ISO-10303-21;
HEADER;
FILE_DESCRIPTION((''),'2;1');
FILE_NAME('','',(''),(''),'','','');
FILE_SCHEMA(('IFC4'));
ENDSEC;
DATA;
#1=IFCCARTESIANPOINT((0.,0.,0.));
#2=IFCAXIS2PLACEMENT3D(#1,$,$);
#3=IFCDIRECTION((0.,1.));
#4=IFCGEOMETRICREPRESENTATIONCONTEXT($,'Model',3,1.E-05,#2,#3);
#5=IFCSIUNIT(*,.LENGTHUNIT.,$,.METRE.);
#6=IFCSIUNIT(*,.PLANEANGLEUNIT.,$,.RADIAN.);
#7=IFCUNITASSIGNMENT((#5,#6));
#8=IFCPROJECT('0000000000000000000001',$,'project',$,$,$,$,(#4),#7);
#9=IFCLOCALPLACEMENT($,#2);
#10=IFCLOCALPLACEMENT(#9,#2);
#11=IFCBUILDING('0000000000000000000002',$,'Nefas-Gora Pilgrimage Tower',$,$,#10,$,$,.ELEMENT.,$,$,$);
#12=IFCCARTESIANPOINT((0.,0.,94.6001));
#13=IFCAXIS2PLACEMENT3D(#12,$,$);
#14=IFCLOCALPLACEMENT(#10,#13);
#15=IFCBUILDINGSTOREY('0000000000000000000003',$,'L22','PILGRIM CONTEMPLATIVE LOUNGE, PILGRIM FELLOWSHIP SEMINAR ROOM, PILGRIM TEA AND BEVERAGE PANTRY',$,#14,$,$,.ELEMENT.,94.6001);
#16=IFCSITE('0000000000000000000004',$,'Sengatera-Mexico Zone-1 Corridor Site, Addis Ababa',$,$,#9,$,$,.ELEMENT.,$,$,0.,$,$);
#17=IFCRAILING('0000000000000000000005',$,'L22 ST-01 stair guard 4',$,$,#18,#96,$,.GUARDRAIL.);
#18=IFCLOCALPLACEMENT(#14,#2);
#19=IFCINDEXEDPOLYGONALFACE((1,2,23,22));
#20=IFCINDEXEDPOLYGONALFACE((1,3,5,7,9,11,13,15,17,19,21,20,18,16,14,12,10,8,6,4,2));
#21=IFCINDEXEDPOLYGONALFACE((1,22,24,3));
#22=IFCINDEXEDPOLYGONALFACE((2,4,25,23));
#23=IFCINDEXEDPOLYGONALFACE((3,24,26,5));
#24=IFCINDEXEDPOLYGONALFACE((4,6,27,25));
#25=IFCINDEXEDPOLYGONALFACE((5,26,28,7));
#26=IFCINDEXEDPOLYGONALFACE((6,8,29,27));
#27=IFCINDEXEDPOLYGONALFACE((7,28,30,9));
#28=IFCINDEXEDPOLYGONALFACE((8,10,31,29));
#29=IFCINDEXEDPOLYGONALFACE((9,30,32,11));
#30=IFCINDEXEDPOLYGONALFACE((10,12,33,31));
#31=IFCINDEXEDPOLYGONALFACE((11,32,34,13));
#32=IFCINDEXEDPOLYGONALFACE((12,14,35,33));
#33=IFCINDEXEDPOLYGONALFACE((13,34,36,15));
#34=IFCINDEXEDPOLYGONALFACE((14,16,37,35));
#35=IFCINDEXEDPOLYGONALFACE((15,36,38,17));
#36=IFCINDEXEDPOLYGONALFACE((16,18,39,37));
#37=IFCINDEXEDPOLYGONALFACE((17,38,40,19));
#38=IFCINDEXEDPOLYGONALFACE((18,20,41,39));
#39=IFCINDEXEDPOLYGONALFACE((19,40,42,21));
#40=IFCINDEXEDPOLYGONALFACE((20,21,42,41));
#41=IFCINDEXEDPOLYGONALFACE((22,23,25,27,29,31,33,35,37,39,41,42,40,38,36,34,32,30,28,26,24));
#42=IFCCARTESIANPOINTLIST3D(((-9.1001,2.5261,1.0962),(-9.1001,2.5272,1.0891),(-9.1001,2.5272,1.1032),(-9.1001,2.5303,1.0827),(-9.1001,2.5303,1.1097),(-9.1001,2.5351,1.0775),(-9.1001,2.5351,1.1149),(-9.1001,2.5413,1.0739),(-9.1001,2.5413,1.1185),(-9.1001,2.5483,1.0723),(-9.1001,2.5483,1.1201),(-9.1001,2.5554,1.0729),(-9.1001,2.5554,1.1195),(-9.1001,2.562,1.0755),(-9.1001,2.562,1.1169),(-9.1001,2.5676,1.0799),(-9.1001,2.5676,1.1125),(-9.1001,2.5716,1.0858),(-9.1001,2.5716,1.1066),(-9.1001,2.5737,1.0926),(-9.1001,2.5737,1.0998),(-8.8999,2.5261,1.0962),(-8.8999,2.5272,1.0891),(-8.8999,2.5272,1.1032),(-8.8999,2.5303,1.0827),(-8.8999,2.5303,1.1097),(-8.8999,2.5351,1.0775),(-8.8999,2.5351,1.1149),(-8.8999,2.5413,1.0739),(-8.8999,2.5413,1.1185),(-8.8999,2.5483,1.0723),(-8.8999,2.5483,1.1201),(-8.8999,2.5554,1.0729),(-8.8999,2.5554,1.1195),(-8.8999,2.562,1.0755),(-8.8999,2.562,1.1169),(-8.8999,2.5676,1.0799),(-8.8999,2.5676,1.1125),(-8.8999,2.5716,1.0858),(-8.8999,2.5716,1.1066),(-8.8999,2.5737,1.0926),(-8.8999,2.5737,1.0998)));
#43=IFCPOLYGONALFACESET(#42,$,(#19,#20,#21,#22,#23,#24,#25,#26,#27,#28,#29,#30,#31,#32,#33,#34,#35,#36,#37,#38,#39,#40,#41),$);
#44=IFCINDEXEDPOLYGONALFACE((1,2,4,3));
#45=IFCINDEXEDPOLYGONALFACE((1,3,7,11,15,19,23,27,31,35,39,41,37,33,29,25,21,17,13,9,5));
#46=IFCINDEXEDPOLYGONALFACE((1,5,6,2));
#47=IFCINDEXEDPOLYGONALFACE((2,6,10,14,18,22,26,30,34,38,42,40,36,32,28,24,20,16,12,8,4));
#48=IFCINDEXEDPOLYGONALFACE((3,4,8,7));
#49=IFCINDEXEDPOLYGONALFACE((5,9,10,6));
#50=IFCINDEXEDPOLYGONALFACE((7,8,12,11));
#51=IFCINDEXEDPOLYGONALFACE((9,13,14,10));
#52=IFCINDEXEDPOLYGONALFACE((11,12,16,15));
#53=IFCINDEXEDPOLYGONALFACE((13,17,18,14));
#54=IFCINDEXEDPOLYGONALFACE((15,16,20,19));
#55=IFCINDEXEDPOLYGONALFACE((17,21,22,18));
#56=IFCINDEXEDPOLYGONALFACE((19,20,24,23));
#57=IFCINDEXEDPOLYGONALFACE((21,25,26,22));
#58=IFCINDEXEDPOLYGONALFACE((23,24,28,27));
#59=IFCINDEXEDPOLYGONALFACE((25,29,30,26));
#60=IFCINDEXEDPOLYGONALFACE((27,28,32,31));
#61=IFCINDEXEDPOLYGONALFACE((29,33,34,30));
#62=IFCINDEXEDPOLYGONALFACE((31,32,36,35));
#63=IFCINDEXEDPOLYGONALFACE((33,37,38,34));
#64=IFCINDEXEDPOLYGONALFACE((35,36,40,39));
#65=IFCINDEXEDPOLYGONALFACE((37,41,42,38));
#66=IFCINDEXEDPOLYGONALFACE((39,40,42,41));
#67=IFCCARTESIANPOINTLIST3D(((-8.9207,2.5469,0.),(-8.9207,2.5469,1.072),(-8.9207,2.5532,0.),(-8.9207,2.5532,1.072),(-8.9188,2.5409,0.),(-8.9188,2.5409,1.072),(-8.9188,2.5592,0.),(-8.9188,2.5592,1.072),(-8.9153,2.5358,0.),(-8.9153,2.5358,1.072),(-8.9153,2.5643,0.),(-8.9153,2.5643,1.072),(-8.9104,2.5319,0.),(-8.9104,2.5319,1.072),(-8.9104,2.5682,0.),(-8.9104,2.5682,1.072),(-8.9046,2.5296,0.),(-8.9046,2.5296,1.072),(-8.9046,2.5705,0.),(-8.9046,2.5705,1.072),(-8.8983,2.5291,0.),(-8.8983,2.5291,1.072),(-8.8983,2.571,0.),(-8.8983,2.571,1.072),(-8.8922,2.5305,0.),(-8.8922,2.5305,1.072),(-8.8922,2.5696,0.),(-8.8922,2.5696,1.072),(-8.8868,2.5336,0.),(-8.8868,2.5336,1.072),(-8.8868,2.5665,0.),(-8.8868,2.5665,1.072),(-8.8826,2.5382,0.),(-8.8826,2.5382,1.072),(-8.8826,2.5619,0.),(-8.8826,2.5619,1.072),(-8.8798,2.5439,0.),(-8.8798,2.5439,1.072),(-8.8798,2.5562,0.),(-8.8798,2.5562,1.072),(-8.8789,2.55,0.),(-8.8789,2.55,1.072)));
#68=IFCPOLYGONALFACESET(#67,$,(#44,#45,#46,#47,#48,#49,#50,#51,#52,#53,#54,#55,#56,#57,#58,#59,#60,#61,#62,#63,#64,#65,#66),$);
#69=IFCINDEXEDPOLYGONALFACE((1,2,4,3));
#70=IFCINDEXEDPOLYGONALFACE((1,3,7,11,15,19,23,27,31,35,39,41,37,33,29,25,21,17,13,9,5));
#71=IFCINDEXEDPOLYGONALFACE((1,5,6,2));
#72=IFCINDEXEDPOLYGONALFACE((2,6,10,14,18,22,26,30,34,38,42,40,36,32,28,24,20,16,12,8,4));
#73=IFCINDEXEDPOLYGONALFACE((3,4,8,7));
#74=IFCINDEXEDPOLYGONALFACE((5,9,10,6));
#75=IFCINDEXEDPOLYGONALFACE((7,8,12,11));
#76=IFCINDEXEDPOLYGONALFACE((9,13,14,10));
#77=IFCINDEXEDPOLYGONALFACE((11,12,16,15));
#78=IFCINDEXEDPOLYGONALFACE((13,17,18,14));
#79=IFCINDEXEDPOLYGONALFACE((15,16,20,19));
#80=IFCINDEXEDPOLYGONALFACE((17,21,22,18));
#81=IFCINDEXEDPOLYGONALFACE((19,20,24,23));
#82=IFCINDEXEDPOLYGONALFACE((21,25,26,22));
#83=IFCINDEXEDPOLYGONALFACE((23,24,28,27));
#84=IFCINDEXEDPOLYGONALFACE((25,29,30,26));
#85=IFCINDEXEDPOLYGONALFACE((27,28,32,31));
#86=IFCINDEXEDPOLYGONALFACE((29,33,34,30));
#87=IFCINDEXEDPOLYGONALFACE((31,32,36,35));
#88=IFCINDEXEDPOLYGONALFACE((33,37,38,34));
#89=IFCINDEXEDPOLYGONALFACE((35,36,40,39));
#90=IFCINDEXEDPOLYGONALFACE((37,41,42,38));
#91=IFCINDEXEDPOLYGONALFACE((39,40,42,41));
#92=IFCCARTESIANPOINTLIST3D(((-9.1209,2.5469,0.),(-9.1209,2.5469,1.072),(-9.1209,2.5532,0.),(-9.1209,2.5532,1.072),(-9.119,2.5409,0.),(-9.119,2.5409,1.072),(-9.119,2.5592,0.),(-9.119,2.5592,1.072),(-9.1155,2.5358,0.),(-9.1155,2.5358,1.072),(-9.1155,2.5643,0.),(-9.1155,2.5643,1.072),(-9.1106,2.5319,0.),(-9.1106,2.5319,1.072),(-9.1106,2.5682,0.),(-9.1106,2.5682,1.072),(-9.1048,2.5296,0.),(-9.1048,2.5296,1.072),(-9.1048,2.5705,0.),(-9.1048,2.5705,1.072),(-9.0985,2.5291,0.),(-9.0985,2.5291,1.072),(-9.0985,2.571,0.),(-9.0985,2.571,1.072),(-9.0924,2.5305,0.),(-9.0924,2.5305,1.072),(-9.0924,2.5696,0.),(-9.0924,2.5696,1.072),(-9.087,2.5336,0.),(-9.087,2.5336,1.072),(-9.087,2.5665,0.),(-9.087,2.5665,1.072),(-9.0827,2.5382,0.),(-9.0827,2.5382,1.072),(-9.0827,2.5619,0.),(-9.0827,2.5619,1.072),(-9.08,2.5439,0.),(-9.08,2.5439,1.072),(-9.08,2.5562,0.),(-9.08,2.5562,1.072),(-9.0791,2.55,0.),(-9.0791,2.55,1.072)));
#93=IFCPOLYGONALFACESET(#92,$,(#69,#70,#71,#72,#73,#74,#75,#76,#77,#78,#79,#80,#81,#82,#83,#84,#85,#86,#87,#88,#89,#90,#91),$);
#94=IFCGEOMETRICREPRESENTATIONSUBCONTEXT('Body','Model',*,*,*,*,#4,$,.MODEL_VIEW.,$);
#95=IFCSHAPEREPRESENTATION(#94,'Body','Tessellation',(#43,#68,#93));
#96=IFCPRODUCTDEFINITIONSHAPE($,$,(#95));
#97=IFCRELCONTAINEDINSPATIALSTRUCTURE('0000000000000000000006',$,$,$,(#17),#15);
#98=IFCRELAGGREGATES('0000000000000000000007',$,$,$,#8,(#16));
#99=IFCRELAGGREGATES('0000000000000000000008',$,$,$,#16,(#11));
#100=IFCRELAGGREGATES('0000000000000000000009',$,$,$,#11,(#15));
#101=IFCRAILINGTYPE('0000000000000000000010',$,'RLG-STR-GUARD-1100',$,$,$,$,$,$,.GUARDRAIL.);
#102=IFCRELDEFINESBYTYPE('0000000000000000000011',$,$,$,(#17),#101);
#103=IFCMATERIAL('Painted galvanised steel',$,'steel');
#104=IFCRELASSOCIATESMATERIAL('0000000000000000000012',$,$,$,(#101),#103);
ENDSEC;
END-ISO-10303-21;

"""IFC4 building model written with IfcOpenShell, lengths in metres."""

from ifc_helpers import new_model, si_unit, direction, frame, origin, origin_2d, place, context, subcontext, project, spatial, circle, extrude, material, type_object, element, save


model = new_model("IFC4")

# Units and contexts
model_context = context("Model", 3, precision=1e-05, world=origin(), true_north=direction((0.0, 1.0)))
body_context = subcontext(model_context, "Body", "Model", "MODEL_VIEW")
ifc_project = project(units=[si_unit("LENGTHUNIT", "METRE"), si_unit("PLANEANGLEUNIT", "RADIAN")], contexts=[model_context])

# Site, building, storey
site_placement = place(None, origin())
site = spatial("IfcSite", under=ifc_project, at=site_placement, Name="Sengatera-Mexico Zone-1 Corridor Site, Addis Ababa", CompositionType="ELEMENT", RefElevation=0.0)
building_placement = place(site_placement, origin())
building = spatial("IfcBuilding", under=site, at=building_placement, Name="Nefas-Gora Pilgrimage Tower", CompositionType="ELEMENT")
storey_placement = place(building_placement, frame((0.0, 0.0, 94.6001)))
storey = spatial("IfcBuildingStorey", under=building, at=storey_placement, Name="L22", Description="PILGRIM CONTEMPLATIVE LOUNGE, PILGRIM FELLOWSHIP SEMINAR ROOM, PILGRIM TEA AND BEVERAGE PANTRY", CompositionType="ELEMENT", Elevation=94.6001)

# Railing
ifc_material_1 = material(Name="Painted galvanised steel", Category="steel")
railing_type_1 = type_object("IfcRailingType", Name="RLG-STR-GUARD-1100", PredefinedType="GUARDRAIL", material=ifc_material_1)
railing_1_placement = place(storey_placement, frame((-8.8999, 2.55, 0.0)))
element("IfcRailing", 1, at=railing_1_placement, inside=storey, type_object=railing_type_1, Name="L22 ST-01 stair guard 4", PredefinedType="GUARDRAIL", context=body_context, shape_type="SweptSolid", body=[
    extrude(circle(Radius=0.0239, at=origin_2d()), frame((0.0, 0.0, 1.0962), z_axis=(-1.0, 0.0, 0.0), x_axis=(0.0, -1.0, 0.0)), (0.0, 0.0, 1.0), 0.2002),
    extrude(circle(Radius=0.021, at=origin_2d()), origin(), (0.0, 0.0, 1.0), 1.072),
    extrude(circle(Radius=0.021, at=origin_2d()), frame((-0.2002, 0.0, 0.0)), (0.0, 0.0, 1.0), 1.072),
])

save(model, "model.ifc")
